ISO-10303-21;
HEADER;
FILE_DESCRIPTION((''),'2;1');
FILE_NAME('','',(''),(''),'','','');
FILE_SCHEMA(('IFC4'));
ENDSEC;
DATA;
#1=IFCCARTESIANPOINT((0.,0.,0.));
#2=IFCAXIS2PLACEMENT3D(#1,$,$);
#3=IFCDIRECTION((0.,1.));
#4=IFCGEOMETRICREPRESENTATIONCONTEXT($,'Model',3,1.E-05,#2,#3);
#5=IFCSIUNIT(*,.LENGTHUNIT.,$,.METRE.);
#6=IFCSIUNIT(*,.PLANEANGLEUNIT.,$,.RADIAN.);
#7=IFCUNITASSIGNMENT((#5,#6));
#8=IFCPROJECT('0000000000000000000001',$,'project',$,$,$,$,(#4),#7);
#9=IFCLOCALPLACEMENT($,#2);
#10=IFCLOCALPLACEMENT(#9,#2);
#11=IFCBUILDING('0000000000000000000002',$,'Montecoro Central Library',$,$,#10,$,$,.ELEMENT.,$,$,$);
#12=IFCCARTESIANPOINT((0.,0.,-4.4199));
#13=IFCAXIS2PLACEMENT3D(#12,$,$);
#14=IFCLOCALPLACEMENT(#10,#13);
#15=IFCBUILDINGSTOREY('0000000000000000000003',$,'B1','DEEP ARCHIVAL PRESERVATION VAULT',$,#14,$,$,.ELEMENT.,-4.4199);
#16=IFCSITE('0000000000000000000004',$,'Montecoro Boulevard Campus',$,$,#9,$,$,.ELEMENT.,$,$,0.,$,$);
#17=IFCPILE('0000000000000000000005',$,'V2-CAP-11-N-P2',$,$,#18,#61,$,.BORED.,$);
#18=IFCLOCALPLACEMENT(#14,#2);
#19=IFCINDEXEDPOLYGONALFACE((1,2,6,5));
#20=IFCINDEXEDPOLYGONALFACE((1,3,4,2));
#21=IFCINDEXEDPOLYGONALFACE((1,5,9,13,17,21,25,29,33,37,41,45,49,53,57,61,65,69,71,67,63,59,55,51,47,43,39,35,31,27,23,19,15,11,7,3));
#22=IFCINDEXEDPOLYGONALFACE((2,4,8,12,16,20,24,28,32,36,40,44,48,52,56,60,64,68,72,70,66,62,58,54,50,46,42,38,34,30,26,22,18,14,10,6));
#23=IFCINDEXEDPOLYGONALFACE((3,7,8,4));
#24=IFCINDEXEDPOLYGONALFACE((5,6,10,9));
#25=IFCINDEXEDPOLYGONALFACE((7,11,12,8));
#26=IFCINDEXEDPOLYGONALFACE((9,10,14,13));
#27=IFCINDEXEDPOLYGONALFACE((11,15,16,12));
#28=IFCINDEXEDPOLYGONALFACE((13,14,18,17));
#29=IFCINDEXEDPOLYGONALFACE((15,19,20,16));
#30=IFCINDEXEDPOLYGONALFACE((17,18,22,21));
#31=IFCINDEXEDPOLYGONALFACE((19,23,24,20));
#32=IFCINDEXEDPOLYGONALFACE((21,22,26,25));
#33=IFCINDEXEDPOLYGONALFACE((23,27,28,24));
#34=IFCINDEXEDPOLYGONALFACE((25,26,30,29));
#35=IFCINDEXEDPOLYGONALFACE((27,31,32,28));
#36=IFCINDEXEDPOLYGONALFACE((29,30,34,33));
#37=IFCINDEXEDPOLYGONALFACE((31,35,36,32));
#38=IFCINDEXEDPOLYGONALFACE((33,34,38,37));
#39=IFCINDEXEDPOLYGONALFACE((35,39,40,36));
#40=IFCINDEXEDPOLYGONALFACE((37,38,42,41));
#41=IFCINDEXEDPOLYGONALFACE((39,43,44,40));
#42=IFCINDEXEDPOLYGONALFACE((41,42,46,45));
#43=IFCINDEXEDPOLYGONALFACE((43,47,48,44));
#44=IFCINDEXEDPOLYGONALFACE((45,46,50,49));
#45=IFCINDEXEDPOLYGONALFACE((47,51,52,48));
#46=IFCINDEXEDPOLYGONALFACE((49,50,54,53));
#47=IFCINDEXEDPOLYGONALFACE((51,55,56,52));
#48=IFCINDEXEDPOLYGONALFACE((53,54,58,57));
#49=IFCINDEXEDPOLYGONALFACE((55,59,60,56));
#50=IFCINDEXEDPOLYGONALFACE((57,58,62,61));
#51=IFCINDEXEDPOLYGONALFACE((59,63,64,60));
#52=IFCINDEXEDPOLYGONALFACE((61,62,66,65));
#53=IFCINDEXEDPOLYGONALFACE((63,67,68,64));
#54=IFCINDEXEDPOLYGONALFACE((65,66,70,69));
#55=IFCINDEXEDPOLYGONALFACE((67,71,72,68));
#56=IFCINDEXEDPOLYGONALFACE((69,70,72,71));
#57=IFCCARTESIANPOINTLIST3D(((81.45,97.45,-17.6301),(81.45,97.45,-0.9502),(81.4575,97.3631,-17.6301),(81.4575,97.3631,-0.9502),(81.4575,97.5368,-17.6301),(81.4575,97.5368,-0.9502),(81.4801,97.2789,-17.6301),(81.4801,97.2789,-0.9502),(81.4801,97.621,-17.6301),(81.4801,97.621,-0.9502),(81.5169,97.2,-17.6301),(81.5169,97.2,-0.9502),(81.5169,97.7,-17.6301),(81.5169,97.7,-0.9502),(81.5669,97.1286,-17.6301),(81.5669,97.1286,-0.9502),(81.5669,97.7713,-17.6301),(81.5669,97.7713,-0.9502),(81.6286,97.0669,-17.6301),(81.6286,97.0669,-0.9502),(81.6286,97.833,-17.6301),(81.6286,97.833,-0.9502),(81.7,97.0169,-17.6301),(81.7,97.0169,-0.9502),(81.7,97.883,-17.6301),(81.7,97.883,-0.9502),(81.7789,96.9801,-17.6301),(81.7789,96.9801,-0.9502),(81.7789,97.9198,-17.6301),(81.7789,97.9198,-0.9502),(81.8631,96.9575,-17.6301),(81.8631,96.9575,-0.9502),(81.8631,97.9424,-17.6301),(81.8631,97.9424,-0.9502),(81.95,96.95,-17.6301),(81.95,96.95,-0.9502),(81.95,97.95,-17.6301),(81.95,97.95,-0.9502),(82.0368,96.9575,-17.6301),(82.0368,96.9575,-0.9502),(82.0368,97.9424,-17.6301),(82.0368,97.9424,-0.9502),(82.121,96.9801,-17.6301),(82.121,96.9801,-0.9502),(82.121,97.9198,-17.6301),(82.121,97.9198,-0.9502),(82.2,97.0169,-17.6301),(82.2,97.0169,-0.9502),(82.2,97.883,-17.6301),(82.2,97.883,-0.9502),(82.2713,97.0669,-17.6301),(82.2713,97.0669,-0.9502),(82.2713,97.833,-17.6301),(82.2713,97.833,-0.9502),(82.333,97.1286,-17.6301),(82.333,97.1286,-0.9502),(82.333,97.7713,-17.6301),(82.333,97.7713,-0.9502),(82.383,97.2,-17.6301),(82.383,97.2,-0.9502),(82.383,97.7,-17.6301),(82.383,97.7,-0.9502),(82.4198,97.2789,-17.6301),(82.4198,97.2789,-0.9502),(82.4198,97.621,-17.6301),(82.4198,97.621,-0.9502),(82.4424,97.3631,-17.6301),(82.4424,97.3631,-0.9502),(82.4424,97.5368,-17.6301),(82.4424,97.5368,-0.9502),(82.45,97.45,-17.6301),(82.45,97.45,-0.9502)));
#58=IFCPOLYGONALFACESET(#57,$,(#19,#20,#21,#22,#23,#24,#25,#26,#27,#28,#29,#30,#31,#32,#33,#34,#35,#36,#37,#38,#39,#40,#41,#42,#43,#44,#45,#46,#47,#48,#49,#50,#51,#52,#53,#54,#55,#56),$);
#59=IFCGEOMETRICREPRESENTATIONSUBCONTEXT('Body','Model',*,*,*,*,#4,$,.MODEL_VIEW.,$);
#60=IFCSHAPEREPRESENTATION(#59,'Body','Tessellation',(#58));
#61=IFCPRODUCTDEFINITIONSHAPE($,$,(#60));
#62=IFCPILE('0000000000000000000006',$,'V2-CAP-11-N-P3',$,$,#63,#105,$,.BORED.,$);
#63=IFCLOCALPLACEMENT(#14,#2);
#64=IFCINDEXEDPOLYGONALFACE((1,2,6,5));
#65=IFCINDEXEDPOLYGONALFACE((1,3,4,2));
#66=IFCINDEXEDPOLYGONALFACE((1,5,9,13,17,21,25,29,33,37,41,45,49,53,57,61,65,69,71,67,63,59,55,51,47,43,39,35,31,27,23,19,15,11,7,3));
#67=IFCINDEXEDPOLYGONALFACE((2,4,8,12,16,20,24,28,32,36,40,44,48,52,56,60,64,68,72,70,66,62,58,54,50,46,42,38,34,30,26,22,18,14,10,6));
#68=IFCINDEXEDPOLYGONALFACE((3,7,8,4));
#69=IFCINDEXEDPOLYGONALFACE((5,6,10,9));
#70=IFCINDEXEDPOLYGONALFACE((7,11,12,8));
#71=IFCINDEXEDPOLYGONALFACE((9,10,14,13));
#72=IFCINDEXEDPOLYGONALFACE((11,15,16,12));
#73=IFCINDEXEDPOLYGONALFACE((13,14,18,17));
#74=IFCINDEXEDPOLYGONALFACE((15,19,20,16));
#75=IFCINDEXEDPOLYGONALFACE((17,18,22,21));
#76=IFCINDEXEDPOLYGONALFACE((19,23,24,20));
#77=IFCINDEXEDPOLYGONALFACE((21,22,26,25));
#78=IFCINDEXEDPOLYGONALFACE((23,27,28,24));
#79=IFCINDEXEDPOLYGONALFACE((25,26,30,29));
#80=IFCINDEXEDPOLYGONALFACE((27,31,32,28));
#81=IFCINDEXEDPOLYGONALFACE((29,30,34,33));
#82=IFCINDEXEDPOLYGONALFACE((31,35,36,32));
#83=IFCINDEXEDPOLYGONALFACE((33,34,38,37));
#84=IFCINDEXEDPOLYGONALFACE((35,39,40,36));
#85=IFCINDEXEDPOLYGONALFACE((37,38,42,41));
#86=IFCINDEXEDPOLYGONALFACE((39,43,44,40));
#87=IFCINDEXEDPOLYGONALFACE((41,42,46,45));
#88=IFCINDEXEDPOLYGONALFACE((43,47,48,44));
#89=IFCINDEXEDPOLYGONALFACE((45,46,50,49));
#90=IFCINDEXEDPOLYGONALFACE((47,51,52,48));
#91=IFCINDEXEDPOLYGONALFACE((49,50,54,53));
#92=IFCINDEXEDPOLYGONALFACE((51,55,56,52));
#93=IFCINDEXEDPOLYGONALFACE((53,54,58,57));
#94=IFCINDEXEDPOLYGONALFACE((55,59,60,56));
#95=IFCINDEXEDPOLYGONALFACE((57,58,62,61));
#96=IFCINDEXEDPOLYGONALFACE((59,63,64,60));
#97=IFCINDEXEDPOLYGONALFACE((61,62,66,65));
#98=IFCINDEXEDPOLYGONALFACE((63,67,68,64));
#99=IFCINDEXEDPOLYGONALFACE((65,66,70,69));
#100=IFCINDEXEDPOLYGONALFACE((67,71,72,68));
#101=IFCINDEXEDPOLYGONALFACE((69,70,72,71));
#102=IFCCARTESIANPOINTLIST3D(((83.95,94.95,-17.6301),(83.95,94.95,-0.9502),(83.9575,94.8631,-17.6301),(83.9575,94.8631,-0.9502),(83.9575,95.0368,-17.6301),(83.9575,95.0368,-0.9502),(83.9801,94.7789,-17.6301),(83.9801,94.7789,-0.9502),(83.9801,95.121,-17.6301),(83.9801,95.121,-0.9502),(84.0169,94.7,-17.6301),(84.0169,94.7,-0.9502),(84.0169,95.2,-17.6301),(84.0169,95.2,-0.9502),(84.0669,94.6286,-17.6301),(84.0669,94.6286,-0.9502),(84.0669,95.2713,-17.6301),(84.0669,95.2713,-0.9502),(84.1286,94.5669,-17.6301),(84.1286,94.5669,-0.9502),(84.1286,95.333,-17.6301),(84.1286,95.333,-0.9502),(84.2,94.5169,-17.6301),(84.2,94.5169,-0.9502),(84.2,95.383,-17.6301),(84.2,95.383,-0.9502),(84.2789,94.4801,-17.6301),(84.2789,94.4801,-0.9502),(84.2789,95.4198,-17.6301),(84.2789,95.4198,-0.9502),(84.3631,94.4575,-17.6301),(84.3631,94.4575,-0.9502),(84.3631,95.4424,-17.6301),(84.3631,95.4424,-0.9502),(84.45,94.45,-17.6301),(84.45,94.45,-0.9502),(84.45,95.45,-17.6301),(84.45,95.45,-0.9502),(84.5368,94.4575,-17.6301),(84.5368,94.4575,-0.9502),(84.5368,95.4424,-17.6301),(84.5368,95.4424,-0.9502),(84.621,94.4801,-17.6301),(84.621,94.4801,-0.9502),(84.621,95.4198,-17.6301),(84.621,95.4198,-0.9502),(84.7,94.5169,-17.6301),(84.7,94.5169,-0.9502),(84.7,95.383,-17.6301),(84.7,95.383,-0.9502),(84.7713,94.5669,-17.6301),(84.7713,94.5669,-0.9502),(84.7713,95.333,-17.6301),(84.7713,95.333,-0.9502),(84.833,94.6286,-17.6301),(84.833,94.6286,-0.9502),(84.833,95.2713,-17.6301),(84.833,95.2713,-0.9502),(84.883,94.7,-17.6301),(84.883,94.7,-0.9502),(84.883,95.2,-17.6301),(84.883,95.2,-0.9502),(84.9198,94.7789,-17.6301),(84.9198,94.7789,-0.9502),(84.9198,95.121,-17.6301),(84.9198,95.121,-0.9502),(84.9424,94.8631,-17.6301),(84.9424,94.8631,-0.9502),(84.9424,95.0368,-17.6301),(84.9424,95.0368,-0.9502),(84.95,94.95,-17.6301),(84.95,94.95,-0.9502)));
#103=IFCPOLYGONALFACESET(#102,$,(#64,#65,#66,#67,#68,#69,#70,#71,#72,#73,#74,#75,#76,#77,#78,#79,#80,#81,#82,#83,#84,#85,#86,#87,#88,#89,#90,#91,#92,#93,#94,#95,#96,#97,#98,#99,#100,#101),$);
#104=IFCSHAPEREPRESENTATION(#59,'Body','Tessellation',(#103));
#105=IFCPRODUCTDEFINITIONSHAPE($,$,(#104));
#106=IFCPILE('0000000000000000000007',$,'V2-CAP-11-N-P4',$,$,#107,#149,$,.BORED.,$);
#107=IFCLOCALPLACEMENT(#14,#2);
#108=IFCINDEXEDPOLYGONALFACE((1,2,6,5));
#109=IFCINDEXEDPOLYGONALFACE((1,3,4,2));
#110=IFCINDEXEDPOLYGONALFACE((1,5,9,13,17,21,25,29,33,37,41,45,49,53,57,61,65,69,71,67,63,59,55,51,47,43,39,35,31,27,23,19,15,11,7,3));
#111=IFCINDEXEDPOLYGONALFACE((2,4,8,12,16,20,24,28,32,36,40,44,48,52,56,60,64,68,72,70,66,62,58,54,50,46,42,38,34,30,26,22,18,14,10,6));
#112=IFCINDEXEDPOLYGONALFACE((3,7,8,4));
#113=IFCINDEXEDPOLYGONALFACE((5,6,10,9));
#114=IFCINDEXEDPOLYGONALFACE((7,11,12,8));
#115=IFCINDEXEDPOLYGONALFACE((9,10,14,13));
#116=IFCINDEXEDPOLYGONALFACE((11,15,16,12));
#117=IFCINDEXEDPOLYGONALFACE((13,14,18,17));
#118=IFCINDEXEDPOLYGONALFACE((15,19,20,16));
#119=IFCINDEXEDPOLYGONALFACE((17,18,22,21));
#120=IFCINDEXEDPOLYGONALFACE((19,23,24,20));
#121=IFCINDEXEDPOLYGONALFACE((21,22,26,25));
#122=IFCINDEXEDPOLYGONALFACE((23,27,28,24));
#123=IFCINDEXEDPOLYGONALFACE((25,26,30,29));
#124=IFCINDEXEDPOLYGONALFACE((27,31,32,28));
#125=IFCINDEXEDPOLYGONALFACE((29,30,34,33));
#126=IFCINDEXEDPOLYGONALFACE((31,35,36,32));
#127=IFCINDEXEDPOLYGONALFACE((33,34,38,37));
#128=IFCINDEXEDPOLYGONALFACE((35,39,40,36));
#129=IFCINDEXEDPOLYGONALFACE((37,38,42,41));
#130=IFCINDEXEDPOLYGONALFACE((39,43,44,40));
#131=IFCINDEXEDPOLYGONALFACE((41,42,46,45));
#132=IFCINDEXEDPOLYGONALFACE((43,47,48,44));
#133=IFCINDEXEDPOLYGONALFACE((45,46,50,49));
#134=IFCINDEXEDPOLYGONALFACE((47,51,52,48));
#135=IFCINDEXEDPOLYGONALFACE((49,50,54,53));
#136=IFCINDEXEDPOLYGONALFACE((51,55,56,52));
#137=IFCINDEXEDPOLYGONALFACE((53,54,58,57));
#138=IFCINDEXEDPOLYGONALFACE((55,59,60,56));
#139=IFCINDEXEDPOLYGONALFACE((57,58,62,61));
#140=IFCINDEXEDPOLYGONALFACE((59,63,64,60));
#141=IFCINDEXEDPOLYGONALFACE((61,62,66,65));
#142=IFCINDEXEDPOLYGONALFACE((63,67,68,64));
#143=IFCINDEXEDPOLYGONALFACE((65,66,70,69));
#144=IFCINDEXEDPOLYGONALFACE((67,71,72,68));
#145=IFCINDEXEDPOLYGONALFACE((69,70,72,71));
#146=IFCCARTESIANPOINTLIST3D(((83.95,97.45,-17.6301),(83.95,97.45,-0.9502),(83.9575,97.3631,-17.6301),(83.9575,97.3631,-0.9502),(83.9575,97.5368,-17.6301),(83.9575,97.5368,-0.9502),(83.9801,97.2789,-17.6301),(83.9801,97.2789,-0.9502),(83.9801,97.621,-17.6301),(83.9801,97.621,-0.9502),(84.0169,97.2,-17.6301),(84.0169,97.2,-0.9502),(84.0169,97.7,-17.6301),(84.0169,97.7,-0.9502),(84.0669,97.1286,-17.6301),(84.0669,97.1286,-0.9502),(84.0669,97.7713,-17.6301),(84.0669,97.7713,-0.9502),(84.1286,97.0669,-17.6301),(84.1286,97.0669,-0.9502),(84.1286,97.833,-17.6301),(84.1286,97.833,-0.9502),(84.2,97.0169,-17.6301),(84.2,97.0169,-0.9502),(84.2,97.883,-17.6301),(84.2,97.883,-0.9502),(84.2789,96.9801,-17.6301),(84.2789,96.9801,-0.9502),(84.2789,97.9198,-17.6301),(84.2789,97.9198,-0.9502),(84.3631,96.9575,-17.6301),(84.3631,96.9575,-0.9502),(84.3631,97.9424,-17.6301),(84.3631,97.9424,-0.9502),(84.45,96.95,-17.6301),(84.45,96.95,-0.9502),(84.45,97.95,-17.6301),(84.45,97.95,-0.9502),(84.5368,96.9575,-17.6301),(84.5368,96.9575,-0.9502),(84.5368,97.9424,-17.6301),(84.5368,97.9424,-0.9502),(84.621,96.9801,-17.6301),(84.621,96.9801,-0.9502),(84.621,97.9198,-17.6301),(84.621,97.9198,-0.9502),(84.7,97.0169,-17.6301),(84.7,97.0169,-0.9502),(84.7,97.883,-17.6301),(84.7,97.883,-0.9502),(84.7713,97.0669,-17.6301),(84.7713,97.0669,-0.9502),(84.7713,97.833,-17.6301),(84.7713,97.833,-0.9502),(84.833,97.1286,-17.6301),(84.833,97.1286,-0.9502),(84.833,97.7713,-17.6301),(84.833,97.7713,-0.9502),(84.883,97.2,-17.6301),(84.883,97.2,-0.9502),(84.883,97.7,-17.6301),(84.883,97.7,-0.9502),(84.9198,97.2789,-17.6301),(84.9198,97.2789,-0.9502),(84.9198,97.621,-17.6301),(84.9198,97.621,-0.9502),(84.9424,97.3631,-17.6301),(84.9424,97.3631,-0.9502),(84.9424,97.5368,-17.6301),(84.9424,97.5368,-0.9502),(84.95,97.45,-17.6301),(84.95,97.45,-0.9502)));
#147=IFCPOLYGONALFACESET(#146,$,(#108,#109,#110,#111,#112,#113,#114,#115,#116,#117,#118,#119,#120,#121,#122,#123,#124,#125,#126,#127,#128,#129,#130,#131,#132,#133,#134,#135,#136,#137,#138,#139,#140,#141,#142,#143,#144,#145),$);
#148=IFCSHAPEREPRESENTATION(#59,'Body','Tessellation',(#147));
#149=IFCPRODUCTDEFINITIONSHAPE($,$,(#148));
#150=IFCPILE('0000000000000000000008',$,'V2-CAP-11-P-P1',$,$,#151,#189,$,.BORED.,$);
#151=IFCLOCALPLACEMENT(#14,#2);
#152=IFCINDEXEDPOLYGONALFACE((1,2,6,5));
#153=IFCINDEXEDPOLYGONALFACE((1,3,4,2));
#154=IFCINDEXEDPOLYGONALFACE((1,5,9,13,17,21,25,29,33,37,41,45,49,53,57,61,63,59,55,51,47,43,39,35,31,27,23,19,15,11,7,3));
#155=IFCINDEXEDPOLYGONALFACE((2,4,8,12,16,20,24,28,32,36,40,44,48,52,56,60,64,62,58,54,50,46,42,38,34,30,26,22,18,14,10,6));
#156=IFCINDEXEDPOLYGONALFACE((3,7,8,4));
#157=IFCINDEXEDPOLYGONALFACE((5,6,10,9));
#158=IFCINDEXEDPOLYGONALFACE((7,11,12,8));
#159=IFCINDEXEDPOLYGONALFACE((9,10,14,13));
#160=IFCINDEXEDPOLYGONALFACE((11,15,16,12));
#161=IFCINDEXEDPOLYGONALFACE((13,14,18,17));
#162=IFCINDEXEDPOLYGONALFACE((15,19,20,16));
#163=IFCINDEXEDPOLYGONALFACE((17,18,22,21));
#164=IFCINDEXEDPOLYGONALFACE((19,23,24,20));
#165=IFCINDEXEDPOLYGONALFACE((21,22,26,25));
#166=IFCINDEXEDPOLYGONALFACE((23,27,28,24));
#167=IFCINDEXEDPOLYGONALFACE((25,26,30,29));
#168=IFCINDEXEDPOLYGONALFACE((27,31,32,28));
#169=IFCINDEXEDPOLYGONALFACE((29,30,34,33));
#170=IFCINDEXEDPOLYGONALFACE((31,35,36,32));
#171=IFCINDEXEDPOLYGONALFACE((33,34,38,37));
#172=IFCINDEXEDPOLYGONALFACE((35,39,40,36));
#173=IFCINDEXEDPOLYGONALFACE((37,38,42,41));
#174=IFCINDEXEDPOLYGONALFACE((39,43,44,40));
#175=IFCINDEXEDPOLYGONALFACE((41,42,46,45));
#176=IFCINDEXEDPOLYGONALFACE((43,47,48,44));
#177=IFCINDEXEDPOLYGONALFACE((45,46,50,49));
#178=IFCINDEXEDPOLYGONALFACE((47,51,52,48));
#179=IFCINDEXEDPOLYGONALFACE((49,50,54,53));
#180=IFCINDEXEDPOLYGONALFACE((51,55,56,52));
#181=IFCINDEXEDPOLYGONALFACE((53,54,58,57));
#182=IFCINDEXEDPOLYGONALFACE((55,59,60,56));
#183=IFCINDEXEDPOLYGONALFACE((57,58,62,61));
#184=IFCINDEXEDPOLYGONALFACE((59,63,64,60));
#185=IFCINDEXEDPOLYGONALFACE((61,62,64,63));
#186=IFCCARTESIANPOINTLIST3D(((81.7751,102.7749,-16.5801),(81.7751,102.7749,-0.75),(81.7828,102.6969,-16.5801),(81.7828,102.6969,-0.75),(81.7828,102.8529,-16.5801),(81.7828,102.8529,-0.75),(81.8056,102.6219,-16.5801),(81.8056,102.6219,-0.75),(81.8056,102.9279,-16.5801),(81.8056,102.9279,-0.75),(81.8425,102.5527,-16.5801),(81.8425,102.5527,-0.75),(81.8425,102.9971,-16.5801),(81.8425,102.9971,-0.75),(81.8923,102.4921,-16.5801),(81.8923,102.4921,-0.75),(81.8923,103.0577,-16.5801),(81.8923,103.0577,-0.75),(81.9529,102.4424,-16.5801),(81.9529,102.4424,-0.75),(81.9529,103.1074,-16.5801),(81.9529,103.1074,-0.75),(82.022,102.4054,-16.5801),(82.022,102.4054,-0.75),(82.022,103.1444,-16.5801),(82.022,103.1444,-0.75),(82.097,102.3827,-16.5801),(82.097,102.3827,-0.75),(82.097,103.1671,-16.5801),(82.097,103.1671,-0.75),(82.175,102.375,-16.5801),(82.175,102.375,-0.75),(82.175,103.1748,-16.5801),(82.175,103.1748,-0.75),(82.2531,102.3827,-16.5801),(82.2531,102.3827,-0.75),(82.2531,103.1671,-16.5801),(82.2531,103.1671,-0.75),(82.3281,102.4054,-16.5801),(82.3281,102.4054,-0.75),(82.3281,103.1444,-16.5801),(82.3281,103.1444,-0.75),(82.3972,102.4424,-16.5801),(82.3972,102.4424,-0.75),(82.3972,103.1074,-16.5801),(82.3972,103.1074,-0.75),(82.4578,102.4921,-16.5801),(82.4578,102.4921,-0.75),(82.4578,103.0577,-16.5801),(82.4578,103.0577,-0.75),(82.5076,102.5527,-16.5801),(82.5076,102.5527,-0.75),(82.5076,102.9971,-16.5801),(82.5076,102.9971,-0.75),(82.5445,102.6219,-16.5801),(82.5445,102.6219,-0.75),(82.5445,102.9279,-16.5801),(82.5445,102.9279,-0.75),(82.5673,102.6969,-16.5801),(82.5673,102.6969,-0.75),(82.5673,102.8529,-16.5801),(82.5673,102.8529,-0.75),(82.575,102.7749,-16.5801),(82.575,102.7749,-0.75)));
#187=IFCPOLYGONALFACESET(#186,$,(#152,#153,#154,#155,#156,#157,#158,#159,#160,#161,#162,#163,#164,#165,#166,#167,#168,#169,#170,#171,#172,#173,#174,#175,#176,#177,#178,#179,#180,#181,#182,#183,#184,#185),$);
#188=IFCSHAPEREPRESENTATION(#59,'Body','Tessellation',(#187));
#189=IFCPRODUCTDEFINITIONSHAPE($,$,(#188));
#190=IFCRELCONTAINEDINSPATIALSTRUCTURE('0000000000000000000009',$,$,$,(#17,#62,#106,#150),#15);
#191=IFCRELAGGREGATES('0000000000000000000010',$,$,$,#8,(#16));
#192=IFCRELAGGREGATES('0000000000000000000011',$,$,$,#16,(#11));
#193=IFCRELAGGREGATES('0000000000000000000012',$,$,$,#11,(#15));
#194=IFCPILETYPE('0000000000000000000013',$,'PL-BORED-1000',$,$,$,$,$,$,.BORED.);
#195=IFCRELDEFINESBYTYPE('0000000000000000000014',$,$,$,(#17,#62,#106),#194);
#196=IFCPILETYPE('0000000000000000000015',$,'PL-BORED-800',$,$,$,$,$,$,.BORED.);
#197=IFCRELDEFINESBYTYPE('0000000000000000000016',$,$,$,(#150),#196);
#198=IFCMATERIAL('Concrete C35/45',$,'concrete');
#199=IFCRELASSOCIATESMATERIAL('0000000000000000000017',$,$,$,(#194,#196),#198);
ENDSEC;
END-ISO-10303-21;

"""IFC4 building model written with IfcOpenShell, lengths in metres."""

from ifc_helpers import new_model, si_unit, direction, frame, origin, origin_2d, place, context, subcontext, project, spatial, circle, extrude, material, material_profile, profile_set, type_object, element, save


model = new_model("IFC4")

# Units and contexts
model_context = context("Model", 3, precision=1e-05, world=origin(), true_north=direction((0.0, 1.0)))
body_context = subcontext(model_context, "Body", "Model", "MODEL_VIEW")
ifc_project = project(units=[si_unit("LENGTHUNIT", "METRE"), si_unit("PLANEANGLEUNIT", "RADIAN")], contexts=[model_context])

# Site, building, storey
site_placement = place(None, origin())
site = spatial("IfcSite", under=ifc_project, at=site_placement, Name="Montecoro Boulevard Campus", CompositionType="ELEMENT", RefElevation=0.0)
building_placement = place(site_placement, origin())
building = spatial("IfcBuilding", under=site, at=building_placement, Name="Montecoro Central Library", CompositionType="ELEMENT")
storey_placement = place(building_placement, frame((0.0, 0.0, -4.4199)))
storey = spatial("IfcBuildingStorey", under=building, at=storey_placement, Name="B1", Description="DEEP ARCHIVAL PRESERVATION VAULT", CompositionType="ELEMENT", Elevation=-4.4199)

# Shared definitions
ifc_material_1 = material(Name="Concrete C35/45", Category="concrete")

# Piles
ifc_material_profile_1 = material_profile(ifc_material_1, circle(Radius=0.5, at=origin_2d()), Name="PILE D1000")
ifc_profile_set_1 = profile_set([ifc_material_profile_1], Name="Concrete C35/45")
pile_type_1 = type_object("IfcPileType", Name="PL-BORED-1000", PredefinedType="BORED", material=ifc_profile_set_1)
for number, where, z_axis, x_axis, name in (
    (1, (81.95, 97.45, -0.9502), (0.0, 0.0, -1.0), (1.0, 0.0, 0.0), "V2-CAP-11-N-P2"),
    (2, (84.45, 94.95, -0.9502), (0.0, 0.0, -1.0), (1.0, 0.0, 0.0), "V2-CAP-11-N-P3"),
    (3, (84.45, 97.45, -0.9502), (0.0, 0.0, -1.0), (1.0, 0.0, 0.0), "V2-CAP-11-N-P4"),
):
    element("IfcPile", number, at=place(storey_placement, frame(where, z_axis=z_axis, x_axis=x_axis)), inside=storey, type_object=pile_type_1, Name=name, PredefinedType="BORED", context=body_context, shape_type="SweptSolid", body=[
        extrude(circle(Radius=0.5, at=origin_2d()), origin(), (0.0, 0.0, 1.0), 16.6799),
    ])
ifc_material_profile_2 = material_profile(ifc_material_1, circle(Radius=0.3999, at=origin_2d()), Name="PILE D800")
ifc_profile_set_2 = profile_set([ifc_material_profile_2], Name="Concrete C35/45")
pile_type_2 = type_object("IfcPileType", Name="PL-BORED-800", PredefinedType="BORED", material=ifc_profile_set_2)
for number, where, z_axis, x_axis, name in (
    (4, (82.175, 102.7749, -0.75), (0.0, 0.0, -1.0), (1.0, 0.0, 0.0), "V2-CAP-11-P-P1"),
):
    element("IfcPile", number, at=place(storey_placement, frame(where, z_axis=z_axis, x_axis=x_axis)), inside=storey, type_object=pile_type_2, Name=name, PredefinedType="BORED", context=body_context, shape_type="SweptSolid", body=[
        extrude(circle(Radius=0.3999, at=origin_2d()), origin(), (0.0, 0.0, 1.0), 15.8301),
    ])

save(model, "model.ifc")
